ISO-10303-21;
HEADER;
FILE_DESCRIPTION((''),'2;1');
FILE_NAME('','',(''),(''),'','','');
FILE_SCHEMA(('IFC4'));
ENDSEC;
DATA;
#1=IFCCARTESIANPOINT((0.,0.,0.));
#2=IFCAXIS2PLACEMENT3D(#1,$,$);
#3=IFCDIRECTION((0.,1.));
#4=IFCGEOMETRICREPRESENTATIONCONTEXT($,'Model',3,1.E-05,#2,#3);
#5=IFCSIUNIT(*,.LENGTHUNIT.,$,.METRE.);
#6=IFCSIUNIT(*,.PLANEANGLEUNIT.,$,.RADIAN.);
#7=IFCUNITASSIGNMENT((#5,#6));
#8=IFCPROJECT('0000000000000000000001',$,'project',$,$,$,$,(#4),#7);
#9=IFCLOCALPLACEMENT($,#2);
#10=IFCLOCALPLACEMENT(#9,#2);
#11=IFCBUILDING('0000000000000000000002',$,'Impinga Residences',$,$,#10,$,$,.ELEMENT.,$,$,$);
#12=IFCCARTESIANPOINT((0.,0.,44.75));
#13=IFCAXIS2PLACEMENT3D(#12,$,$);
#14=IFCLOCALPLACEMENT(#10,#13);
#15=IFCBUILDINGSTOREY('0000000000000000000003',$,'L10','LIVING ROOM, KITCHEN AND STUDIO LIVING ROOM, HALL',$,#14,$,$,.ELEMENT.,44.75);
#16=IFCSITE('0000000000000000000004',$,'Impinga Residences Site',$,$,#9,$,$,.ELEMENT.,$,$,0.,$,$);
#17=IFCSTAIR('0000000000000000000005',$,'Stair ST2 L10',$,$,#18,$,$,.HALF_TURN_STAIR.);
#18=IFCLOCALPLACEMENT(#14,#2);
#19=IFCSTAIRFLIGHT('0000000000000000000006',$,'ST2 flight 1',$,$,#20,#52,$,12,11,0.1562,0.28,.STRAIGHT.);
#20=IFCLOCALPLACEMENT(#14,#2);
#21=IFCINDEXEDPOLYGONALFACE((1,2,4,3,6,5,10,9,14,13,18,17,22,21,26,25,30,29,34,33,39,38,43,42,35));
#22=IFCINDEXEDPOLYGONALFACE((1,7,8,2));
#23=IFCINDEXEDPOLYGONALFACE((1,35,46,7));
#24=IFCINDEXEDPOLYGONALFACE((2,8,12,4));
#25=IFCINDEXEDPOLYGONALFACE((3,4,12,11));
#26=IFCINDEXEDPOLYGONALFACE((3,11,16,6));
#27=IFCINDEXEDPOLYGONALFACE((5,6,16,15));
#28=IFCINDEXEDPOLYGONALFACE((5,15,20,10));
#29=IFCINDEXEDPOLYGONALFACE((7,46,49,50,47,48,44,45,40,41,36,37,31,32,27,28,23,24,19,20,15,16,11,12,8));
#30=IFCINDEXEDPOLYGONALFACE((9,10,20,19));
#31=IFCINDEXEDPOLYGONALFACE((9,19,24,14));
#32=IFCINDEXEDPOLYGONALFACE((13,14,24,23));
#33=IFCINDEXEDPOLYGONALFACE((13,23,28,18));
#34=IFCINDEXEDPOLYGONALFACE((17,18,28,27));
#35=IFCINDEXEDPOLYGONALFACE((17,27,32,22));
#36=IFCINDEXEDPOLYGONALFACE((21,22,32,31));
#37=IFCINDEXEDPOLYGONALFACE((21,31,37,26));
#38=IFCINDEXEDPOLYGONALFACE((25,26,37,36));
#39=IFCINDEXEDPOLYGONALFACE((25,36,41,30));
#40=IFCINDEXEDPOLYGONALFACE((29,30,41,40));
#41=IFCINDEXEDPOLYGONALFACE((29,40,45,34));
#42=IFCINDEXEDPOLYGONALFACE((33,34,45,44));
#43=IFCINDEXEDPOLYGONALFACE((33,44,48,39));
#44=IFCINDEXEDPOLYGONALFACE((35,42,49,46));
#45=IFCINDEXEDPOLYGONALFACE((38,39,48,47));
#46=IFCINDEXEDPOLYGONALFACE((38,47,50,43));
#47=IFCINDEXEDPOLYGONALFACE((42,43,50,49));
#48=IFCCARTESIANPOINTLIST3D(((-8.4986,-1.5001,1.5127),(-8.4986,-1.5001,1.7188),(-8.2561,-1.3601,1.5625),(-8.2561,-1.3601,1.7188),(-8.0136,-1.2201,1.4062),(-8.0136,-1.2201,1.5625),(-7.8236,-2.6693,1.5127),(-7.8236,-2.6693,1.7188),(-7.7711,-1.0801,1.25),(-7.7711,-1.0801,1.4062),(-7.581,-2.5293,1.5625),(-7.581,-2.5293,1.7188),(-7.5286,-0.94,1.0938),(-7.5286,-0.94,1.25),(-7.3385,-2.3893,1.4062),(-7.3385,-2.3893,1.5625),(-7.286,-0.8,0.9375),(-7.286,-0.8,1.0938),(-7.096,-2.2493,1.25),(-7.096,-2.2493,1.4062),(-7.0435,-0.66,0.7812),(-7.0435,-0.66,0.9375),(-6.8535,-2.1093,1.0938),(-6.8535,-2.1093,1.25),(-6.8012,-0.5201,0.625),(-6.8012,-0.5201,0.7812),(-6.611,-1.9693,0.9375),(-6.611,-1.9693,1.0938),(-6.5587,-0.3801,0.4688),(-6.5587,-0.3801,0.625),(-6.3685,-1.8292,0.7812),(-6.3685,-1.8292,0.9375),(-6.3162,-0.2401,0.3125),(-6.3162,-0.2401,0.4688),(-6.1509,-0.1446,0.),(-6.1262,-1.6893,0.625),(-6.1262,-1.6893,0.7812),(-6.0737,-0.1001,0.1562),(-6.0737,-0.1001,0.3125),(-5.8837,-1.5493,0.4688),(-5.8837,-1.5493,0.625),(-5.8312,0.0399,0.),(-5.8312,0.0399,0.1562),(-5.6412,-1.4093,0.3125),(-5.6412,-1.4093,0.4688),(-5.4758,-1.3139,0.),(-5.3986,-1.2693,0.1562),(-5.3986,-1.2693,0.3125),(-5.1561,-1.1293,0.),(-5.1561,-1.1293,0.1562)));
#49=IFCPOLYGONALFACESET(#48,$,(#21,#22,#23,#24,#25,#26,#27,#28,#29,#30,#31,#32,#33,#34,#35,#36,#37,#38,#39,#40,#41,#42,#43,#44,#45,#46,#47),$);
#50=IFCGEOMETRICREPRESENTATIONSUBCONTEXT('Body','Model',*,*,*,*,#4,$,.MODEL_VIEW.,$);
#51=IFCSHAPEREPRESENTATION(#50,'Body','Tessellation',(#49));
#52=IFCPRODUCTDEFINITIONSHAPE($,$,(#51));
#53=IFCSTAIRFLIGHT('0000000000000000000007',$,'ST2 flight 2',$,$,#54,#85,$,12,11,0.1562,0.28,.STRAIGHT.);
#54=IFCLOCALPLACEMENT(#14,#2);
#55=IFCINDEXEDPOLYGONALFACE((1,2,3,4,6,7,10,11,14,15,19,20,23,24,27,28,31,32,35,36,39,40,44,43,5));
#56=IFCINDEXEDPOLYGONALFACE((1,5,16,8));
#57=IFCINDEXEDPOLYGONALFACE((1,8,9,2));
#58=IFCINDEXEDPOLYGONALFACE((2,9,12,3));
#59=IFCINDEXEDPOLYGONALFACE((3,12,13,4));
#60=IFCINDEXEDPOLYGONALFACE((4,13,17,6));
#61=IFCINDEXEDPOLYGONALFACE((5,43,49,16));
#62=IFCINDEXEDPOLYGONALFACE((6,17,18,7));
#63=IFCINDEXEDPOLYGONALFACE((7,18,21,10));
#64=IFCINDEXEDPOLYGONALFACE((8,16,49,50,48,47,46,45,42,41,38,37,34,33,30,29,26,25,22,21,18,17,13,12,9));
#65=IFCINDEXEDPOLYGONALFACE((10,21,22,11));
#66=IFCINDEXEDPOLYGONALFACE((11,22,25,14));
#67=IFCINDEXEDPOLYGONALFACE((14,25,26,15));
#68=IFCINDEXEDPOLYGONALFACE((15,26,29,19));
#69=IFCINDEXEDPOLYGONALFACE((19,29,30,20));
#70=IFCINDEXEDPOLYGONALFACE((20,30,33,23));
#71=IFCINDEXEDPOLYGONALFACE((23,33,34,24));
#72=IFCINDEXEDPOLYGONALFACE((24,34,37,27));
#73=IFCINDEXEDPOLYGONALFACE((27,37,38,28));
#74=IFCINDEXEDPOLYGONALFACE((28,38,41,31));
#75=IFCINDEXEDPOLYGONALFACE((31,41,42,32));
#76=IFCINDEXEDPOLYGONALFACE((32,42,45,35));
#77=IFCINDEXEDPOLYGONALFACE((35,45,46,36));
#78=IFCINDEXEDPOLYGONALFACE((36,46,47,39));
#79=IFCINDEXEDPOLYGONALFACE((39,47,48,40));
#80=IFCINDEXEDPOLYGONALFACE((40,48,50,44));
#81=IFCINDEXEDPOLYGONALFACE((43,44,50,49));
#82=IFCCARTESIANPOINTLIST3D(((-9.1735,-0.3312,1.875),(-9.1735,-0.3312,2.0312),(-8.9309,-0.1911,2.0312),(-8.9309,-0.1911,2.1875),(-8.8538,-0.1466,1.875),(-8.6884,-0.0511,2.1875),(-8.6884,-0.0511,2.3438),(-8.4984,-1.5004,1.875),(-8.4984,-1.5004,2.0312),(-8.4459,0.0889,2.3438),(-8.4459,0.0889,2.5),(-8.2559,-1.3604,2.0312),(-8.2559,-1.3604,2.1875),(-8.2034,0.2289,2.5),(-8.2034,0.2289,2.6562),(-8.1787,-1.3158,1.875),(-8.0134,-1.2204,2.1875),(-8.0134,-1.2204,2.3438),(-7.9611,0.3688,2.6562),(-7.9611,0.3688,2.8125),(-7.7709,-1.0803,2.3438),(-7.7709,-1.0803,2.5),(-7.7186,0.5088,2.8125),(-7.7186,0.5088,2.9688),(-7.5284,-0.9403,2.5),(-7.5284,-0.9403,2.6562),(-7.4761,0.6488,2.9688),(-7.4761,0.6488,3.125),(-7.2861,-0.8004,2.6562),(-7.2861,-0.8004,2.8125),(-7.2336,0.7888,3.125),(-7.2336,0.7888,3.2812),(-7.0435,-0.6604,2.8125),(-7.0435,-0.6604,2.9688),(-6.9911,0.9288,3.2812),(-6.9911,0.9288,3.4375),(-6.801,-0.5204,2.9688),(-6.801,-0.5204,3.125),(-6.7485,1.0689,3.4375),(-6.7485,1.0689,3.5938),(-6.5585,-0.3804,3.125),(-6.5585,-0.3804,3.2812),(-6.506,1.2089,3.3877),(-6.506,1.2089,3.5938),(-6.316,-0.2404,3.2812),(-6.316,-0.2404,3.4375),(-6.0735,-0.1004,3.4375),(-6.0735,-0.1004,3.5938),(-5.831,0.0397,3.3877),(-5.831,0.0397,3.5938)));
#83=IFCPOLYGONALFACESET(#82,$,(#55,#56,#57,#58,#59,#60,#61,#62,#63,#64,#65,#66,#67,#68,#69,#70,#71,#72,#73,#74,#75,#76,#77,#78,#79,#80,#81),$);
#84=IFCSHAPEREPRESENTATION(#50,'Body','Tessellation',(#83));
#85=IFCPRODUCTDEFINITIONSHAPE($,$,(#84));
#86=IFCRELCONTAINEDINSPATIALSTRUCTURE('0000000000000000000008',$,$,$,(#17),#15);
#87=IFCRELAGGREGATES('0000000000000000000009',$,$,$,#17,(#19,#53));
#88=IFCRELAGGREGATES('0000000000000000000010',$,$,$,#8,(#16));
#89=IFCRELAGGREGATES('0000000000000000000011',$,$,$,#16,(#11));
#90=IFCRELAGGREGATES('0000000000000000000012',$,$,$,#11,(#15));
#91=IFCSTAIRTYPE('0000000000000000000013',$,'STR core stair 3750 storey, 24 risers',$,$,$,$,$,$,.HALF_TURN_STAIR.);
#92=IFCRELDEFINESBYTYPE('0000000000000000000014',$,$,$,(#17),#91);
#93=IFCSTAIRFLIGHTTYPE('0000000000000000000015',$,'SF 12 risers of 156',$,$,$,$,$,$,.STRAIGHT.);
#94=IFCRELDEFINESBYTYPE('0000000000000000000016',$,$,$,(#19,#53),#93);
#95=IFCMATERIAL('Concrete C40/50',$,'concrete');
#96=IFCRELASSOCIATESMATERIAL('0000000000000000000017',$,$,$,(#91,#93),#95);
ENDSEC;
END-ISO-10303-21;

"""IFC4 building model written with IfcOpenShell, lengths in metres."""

from ifc_helpers import new_model, si_unit, direction, frame, origin, place, context, subcontext, project, spatial, polyline, outline, extrude, material, type_object, element, aggregate, save


model = new_model("IFC4")

# Units and contexts
model_context = context("Model", 3, precision=1e-05, world=origin(), true_north=direction((0.0, 1.0)))
body_context = subcontext(model_context, "Body", "Model", "MODEL_VIEW")
ifc_project = project(units=[si_unit("LENGTHUNIT", "METRE"), si_unit("PLANEANGLEUNIT", "RADIAN")], contexts=[model_context])

# Site, building, storey
site_placement = place(None, origin())
site = spatial("IfcSite", under=ifc_project, at=site_placement, Name="Impinga Residences Site", CompositionType="ELEMENT", RefElevation=0.0)
building_placement = place(site_placement, origin())
building = spatial("IfcBuilding", under=site, at=building_placement, Name="Impinga Residences", CompositionType="ELEMENT")
storey_placement = place(building_placement, frame((0.0, 0.0, 44.75)))
storey = spatial("IfcBuildingStorey", under=building, at=storey_placement, Name="L10", Description="LIVING ROOM, KITCHEN AND STUDIO LIVING ROOM, HALL", CompositionType="ELEMENT", Elevation=44.75)

# Stair, stair flights
ifc_material_1 = material(Name="Concrete C40/50", Category="concrete")
stair_type = type_object("IfcStairType", Name="STR core stair 3750 storey, 24 risers", PredefinedType="HALF_TURN_STAIR", material=ifc_material_1)
stair_placement = place(storey_placement, origin())
stair = element("IfcStair", 1, at=stair_placement, inside=storey, type_object=stair_type, Name="Stair ST2 L10", PredefinedType="HALF_TURN_STAIR")
stair_flight_type = type_object("IfcStairFlightType", Name="SF 12 risers of 156", PredefinedType="STRAIGHT", material=ifc_material_1)
stair_flight_1_placement = place(storey_placement, frame((-5.4937, -0.5447, 0.0), z_axis=(0.0, 0.0, 1.0), x_axis=(-0.866025, -0.5, 0.0)))
stair_flight_1 = element("IfcStairFlight", 2, at=stair_flight_1_placement, type_object=stair_flight_type, Name="ST2 flight 1", NumberOfRisers=12, NumberOfTreads=11, PredefinedType="STRAIGHT", RiserHeight=0.1562, TreadLength=0.28, context=body_context, shape_type="SweptSolid", body=[
    extrude(outline(polyline([(0.0, 0.0), (0.0, 0.1562), (0.28, 0.1562), (0.28, 0.3125), (0.5601, 0.3125), (0.5601, 0.4688), (0.8401, 0.4688), (0.8401, 0.625), (1.1201, 0.625), (1.1201, 0.7812), (1.3999, 0.7812), (1.3999, 0.9375), (1.6799, 0.9375), (1.6799, 1.0938), (1.96, 1.0938), (1.96, 1.25), (2.24, 1.25), (2.24, 1.4062), (2.52, 1.4062), (2.52, 1.5625), (2.8, 1.5625), (2.8, 1.7188), (3.0801, 1.7188), (3.0801, 1.875), (3.0801, 1.5127), (0.3691, 0.0), (0.0, 0.0)])), frame((0.0, 0.675, 0.0), z_axis=(0.0, -1.0, 0.0), x_axis=(1.0, 0.0, 0.0)), (0.0, 0.0, 1.0), 1.3501),
])
stair_flight_2_placement = place(storey_placement, frame((-8.8359, -0.9158, 1.875), z_axis=(0.0, 0.0, 1.0), x_axis=(0.866025, 0.5, 0.0)))
stair_flight_2 = element("IfcStairFlight", 3, at=stair_flight_2_placement, type_object=stair_flight_type, Name="ST2 flight 2", NumberOfRisers=12, NumberOfTreads=11, PredefinedType="STRAIGHT", RiserHeight=0.1562, TreadLength=0.28, context=body_context, shape_type="SweptSolid", body=[
    extrude(outline(polyline([(0.0, 0.0), (0.0, 0.1562), (0.28, 0.1562), (0.28, 0.3125), (0.5601, 0.3125), (0.5601, 0.4688), (0.8401, 0.4688), (0.8401, 0.625), (1.1201, 0.625), (1.1201, 0.7812), (1.3999, 0.7812), (1.3999, 0.9375), (1.6799, 0.9375), (1.6799, 1.0938), (1.96, 1.0938), (1.96, 1.25), (2.24, 1.25), (2.24, 1.4062), (2.52, 1.4062), (2.52, 1.5625), (2.8, 1.5625), (2.8, 1.7188), (3.0801, 1.7188), (3.0801, 1.875), (3.0801, 1.5127), (0.3691, 0.0), (0.0, 0.0)])), frame((0.0, 0.675, 0.0), z_axis=(0.0, -1.0, 0.0), x_axis=(1.0, 0.0, 0.0)), (0.0, 0.0, 1.0), 1.3501),
])
aggregate(stair, [stair_flight_1, stair_flight_2])

save(model, "model.ifc")
